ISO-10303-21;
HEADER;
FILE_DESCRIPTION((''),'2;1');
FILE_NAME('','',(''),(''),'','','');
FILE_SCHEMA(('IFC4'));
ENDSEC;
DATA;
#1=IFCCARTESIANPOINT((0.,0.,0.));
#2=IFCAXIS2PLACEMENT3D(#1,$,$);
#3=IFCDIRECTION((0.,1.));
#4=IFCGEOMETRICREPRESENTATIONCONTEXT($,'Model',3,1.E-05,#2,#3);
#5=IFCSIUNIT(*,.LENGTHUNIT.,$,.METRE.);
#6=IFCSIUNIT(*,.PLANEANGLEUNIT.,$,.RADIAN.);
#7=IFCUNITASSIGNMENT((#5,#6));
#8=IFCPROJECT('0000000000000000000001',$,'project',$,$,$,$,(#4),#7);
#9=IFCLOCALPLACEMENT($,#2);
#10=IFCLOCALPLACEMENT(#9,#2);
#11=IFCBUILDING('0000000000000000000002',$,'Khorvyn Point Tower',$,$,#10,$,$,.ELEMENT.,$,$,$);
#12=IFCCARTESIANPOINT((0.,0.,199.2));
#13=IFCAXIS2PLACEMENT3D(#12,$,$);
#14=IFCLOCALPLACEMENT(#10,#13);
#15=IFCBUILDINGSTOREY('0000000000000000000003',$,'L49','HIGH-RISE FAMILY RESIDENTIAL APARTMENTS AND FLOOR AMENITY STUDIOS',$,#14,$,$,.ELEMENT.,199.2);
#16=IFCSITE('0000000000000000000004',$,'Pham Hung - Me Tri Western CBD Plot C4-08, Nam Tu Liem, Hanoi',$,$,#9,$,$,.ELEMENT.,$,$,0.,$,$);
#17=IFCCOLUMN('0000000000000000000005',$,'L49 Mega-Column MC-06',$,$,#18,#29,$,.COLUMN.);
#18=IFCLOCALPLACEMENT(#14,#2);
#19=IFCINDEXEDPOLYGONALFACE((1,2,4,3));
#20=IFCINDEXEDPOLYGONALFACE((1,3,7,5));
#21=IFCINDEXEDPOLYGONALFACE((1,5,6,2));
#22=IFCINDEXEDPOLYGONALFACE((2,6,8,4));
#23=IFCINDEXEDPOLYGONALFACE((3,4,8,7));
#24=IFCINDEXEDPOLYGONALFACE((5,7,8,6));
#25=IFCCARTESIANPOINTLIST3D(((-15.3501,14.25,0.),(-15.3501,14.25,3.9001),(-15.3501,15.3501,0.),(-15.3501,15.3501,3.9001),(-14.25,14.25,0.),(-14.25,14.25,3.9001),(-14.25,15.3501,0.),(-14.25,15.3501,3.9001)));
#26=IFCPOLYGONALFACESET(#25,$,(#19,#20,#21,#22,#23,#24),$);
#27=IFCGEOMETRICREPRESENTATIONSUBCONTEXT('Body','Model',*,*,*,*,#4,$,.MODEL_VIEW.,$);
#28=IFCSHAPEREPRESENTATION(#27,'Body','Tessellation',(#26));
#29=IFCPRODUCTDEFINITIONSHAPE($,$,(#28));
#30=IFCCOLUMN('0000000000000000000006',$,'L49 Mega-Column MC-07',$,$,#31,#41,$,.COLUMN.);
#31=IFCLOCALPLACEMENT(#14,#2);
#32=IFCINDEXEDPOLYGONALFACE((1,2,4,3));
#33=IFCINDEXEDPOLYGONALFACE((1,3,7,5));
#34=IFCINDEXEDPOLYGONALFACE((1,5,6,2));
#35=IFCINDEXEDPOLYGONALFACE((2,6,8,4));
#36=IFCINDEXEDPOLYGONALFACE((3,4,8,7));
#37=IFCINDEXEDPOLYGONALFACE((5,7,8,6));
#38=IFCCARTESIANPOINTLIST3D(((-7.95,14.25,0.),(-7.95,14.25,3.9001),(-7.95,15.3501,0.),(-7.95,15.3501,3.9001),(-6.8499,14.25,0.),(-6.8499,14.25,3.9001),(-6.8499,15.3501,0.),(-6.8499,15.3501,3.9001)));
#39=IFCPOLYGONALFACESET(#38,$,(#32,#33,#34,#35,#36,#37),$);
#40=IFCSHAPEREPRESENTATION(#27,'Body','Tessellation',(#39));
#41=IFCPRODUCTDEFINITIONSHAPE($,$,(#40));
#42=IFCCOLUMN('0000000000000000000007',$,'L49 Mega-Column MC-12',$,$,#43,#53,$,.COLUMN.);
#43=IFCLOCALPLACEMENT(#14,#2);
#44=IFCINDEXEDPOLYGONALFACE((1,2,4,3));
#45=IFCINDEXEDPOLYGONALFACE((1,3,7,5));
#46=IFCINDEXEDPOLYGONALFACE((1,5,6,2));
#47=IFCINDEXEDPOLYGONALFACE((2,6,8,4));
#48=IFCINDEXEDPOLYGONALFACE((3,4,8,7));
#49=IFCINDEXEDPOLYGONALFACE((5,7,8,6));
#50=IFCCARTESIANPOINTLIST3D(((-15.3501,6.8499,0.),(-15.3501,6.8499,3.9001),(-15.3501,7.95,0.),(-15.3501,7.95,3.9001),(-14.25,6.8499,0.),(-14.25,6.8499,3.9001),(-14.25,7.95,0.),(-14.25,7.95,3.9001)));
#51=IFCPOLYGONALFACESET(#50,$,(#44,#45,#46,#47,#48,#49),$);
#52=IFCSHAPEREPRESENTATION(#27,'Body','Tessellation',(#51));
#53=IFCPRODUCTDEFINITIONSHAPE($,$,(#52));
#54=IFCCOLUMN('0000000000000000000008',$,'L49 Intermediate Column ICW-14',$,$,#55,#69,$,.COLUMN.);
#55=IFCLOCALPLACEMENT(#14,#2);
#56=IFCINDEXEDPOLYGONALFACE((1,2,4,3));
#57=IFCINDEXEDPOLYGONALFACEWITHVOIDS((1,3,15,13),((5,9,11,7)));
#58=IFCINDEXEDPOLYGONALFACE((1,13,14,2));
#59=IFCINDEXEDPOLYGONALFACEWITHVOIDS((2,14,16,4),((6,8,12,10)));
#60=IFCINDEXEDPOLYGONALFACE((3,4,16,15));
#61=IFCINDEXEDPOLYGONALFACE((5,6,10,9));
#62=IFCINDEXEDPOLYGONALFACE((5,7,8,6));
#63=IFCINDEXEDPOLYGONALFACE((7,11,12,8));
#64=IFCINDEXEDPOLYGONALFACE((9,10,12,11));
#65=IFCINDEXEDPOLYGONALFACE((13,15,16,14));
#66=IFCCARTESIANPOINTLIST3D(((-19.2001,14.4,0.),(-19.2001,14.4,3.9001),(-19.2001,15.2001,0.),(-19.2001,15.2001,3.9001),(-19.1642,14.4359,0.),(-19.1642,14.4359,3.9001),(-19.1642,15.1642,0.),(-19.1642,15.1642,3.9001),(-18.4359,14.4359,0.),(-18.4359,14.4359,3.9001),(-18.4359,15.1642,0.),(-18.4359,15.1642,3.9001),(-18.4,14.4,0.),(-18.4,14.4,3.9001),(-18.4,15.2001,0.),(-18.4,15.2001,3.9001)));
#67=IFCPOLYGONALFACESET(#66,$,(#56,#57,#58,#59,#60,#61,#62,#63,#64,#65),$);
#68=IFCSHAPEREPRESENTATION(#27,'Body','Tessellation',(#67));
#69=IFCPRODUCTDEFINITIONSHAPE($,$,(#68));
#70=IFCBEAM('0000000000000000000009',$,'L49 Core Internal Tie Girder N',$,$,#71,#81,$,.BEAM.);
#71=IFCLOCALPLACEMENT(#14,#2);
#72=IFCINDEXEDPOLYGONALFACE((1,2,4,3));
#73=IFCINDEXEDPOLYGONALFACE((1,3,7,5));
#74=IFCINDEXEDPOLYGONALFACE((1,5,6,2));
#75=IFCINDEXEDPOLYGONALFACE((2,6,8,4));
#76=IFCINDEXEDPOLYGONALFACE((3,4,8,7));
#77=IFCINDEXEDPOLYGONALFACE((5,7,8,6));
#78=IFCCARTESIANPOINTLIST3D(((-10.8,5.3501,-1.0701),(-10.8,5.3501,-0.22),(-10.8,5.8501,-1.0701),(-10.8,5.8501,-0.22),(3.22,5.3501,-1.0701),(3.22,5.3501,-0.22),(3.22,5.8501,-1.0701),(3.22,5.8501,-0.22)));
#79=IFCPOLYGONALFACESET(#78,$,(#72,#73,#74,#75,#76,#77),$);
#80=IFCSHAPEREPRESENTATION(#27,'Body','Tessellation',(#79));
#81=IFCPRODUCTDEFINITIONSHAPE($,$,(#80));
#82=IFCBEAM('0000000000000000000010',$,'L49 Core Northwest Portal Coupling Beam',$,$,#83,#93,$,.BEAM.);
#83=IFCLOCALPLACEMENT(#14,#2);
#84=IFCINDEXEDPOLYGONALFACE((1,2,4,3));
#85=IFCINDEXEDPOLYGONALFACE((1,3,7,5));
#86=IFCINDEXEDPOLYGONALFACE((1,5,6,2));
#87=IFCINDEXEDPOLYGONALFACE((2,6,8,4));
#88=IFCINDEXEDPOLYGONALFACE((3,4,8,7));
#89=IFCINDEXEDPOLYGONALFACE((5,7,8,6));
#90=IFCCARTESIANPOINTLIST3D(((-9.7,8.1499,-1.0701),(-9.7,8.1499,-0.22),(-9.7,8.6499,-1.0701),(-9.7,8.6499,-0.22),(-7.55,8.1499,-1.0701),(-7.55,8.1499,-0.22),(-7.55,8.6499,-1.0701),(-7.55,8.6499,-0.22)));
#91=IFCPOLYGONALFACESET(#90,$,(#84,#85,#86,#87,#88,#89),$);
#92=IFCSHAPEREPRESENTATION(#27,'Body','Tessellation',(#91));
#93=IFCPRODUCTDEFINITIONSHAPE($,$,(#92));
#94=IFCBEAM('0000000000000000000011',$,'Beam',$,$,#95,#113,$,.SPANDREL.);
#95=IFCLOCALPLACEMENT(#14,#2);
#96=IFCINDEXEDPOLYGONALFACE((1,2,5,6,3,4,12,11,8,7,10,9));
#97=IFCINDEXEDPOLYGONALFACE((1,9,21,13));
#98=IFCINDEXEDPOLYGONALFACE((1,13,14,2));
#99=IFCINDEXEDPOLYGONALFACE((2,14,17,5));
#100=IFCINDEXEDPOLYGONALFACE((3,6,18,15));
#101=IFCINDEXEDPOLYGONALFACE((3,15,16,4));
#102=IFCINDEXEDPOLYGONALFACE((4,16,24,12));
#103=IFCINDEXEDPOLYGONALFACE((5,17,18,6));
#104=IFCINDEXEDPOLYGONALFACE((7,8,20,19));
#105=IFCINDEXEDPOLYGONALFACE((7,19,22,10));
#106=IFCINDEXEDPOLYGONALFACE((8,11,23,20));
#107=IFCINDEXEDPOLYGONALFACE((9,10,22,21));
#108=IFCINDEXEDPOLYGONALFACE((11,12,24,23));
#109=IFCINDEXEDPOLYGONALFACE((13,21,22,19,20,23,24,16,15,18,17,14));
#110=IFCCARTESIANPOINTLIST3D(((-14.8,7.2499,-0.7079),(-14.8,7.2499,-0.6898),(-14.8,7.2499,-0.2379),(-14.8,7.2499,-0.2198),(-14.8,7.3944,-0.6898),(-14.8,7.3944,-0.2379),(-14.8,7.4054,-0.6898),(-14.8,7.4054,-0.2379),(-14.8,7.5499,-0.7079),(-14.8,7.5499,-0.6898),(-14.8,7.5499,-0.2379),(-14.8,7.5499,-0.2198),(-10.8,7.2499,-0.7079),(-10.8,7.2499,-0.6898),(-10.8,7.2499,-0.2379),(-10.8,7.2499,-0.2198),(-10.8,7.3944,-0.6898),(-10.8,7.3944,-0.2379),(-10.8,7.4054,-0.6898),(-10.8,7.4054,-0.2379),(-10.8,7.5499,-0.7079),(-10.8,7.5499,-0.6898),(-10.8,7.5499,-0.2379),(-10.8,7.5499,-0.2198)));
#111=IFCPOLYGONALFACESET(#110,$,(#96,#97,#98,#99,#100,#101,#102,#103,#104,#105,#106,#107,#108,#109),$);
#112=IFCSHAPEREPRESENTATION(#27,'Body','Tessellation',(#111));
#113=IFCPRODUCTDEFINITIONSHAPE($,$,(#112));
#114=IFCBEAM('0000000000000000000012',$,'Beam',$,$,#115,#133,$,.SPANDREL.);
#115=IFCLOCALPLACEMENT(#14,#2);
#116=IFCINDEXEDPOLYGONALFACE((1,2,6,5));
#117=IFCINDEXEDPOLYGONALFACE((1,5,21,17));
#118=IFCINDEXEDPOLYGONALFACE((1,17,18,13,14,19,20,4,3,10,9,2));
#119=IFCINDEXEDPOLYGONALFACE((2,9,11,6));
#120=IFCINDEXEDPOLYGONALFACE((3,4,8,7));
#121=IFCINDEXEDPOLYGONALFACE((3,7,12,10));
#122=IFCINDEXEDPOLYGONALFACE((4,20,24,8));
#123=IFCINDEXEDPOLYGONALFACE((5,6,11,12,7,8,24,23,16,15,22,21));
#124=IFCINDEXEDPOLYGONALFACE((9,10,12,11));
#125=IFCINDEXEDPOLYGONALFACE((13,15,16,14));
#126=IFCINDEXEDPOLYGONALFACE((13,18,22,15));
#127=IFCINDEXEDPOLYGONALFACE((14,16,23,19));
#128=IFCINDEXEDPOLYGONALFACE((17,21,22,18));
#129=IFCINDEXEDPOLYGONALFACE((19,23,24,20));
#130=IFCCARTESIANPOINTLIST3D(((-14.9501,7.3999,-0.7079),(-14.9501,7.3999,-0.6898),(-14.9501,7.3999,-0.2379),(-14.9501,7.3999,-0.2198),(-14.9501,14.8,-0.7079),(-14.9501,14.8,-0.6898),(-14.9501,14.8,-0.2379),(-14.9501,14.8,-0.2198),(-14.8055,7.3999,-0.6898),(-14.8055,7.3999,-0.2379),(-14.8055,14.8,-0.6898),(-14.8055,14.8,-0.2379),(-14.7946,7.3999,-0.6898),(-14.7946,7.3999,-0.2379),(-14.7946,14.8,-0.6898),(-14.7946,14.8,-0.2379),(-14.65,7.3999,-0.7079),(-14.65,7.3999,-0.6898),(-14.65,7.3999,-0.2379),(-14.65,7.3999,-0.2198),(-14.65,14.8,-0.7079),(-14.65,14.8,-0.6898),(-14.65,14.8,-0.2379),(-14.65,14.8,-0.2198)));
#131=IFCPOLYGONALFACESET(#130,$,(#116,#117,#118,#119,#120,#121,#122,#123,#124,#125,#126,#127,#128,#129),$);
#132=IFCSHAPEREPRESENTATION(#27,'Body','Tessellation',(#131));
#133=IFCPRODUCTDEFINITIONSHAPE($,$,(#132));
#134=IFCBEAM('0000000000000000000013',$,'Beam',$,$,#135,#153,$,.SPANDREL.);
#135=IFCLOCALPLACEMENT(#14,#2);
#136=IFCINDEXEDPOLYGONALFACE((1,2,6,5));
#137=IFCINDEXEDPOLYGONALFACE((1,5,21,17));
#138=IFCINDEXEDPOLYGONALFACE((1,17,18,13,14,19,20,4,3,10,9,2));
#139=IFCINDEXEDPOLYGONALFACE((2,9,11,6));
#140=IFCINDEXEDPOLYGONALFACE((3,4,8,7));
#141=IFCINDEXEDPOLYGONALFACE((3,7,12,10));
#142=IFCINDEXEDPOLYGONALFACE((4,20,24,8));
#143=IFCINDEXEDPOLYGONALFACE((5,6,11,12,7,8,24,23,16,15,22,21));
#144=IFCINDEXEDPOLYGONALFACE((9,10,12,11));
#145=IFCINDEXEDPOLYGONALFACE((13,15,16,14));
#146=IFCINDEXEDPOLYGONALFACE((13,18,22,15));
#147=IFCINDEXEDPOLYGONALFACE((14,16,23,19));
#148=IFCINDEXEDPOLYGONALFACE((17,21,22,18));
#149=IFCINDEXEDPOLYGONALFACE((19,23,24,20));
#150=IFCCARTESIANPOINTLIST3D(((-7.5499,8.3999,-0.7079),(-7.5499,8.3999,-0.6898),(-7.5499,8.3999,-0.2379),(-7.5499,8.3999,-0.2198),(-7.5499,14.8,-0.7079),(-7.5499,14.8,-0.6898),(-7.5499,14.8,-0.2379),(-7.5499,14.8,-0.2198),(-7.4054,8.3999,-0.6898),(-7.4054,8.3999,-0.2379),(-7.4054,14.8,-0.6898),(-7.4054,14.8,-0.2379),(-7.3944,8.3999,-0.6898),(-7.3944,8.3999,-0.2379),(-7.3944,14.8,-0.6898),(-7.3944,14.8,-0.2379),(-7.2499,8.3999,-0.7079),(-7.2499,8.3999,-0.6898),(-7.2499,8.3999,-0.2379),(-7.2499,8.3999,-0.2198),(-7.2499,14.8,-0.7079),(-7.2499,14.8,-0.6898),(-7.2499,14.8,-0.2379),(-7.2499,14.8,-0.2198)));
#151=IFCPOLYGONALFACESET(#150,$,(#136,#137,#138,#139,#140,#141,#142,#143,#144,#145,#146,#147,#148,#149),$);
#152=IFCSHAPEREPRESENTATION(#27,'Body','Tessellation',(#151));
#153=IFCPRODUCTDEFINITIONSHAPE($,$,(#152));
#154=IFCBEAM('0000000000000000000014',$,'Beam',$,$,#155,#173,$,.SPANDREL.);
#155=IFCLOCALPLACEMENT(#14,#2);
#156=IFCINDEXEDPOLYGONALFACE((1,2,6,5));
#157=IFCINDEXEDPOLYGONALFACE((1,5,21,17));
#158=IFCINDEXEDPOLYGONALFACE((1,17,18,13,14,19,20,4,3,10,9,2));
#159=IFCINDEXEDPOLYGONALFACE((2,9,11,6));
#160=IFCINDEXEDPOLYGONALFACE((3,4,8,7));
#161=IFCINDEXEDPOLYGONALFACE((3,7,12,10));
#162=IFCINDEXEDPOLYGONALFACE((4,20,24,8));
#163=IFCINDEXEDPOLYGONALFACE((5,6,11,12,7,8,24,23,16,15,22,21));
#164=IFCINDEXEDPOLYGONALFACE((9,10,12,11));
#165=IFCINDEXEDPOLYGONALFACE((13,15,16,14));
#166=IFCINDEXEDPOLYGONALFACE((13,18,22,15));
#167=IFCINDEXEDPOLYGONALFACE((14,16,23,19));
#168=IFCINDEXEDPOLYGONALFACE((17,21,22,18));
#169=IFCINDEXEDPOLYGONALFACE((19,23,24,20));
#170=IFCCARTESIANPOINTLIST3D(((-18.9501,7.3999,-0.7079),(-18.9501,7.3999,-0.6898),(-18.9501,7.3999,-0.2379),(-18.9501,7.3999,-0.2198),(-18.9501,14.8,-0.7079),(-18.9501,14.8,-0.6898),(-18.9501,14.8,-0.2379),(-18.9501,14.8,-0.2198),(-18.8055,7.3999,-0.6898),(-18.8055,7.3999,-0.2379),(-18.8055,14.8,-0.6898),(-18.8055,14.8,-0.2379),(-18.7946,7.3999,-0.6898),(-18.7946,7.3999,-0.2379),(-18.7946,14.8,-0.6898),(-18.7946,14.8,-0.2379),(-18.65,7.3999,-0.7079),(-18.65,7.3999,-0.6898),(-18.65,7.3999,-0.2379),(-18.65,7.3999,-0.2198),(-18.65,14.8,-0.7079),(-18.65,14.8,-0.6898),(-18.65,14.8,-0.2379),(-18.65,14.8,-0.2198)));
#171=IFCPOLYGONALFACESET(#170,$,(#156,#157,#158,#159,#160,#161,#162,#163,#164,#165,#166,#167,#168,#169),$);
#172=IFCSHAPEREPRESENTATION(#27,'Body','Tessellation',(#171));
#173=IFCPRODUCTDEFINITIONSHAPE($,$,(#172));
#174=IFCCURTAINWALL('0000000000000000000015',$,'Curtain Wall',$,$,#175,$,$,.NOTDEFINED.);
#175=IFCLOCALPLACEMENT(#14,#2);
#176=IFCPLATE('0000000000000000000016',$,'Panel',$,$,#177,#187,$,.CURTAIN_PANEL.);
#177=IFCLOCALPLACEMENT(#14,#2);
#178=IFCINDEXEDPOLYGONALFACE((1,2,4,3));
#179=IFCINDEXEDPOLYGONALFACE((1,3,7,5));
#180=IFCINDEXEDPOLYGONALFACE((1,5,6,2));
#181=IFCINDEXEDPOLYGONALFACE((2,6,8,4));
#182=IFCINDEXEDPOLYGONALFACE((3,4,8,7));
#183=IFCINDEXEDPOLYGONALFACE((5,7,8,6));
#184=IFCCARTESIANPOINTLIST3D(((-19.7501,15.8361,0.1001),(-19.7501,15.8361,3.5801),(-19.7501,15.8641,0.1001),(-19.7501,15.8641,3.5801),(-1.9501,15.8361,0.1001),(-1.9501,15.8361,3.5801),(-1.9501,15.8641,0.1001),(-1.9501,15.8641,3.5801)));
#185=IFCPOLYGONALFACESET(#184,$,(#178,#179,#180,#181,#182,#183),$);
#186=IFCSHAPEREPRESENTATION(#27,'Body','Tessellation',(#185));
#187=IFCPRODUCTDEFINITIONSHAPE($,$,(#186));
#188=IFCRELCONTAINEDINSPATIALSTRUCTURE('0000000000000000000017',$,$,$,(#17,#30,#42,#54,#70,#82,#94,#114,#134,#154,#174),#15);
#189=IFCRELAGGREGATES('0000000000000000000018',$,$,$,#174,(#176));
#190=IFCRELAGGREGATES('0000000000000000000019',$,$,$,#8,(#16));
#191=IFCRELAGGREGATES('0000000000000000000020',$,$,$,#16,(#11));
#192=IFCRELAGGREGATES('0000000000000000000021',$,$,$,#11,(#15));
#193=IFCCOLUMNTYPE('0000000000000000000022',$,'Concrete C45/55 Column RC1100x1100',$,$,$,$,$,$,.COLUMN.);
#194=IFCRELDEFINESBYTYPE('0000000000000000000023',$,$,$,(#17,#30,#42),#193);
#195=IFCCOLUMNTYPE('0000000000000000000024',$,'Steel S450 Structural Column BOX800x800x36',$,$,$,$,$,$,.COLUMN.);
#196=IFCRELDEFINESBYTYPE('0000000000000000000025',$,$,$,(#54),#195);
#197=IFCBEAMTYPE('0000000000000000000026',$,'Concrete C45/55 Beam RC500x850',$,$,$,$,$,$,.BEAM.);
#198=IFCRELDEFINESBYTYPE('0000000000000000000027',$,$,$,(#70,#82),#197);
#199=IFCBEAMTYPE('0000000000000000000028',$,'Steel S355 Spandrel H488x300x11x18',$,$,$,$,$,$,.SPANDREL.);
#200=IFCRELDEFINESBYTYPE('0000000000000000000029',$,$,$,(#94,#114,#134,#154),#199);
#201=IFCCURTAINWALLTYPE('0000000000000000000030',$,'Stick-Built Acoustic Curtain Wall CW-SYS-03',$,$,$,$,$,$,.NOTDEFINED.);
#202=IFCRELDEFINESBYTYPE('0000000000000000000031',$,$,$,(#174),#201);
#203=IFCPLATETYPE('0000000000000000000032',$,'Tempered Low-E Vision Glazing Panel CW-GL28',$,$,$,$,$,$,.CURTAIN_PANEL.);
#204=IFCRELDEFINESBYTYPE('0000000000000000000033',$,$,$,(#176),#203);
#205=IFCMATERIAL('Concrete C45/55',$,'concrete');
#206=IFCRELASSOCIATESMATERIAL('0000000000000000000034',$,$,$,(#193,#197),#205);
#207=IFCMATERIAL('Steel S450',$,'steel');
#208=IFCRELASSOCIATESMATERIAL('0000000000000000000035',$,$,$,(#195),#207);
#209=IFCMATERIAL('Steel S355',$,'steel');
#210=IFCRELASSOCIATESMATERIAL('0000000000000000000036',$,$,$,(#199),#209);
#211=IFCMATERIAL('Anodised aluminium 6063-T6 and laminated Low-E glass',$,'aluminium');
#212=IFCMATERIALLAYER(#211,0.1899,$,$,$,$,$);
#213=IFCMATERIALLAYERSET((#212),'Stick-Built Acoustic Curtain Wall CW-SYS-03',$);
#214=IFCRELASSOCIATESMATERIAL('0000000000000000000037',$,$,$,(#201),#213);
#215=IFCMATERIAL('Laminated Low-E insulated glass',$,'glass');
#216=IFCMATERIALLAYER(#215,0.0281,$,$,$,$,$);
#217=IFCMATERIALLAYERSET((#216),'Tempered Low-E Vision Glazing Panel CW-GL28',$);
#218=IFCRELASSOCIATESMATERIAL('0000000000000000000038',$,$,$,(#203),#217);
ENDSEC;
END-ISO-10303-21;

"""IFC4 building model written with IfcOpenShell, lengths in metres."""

from ifc_helpers import new_model, si_unit, direction, frame, origin, origin_2d, place, context, subcontext, project, spatial, rectangle, hollow_rectangle, i_section, extrude, material, layer, layer_set, material_profile, profile_set, type_object, element, aggregate, save


model = new_model("IFC4")

# Units and contexts
model_context = context("Model", 3, precision=1e-05, world=origin(), true_north=direction((0.0, 1.0)))
body_context = subcontext(model_context, "Body", "Model", "MODEL_VIEW")
ifc_project = project(units=[si_unit("LENGTHUNIT", "METRE"), si_unit("PLANEANGLEUNIT", "RADIAN")], contexts=[model_context])

# Site, building, storey
site_placement = place(None, origin())
site = spatial("IfcSite", under=ifc_project, at=site_placement, Name="Pham Hung - Me Tri Western CBD Plot C4-08, Nam Tu Liem, Hanoi", CompositionType="ELEMENT", RefElevation=0.0)
building_placement = place(site_placement, origin())
building = spatial("IfcBuilding", under=site, at=building_placement, Name="Khorvyn Point Tower", CompositionType="ELEMENT")
storey_placement = place(building_placement, frame((0.0, 0.0, 199.2)))
storey = spatial("IfcBuildingStorey", under=building, at=storey_placement, Name="L49", Description="HIGH-RISE FAMILY RESIDENTIAL APARTMENTS AND FLOOR AMENITY STUDIOS", CompositionType="ELEMENT", Elevation=199.2)

# Columns
ifc_material_1 = material(Name="Concrete C45/55", Category="concrete")
ifc_material_profile_1 = material_profile(ifc_material_1, rectangle(XDim=1.1001, YDim=1.1001, at=origin_2d()))
ifc_profile_set_1 = profile_set([ifc_material_profile_1], Name="Concrete C45/55 RC1100x1100")
column_type_1 = type_object("IfcColumnType", Name="Concrete C45/55 Column RC1100x1100", PredefinedType="COLUMN", material=ifc_profile_set_1)
for number, where, z_axis, x_axis, name in (
    (1, (-14.8, 14.8, 0.0), (0.0, 0.0, 1.0), (1.0, 0.0, 0.0), "L49 Mega-Column MC-06"),
    (2, (-7.3999, 14.8, 0.0), (0.0, 0.0, 1.0), (1.0, 0.0, 0.0), "L49 Mega-Column MC-07"),
    (3, (-14.8, 7.3999, 0.0), (0.0, 0.0, 1.0), (1.0, 0.0, 0.0), "L49 Mega-Column MC-12"),
):
    element("IfcColumn", number, at=place(storey_placement, frame(where, z_axis=z_axis, x_axis=x_axis)), inside=storey, type_object=column_type_1, Name=name, PredefinedType="COLUMN", context=body_context, shape_type="SweptSolid", body=[
        extrude(rectangle(XDim=1.1001, YDim=1.1001, at=origin_2d()), origin(), (0.0, 0.0, 1.0), 3.9001),
    ])
ifc_material_2 = material(Name="Steel S450", Category="steel")
ifc_material_profile_2 = material_profile(ifc_material_2, hollow_rectangle(XDim=0.8, YDim=0.8, WallThickness=0.0359, at=origin_2d()))
ifc_profile_set_2 = profile_set([ifc_material_profile_2], Name="Steel S450 BOX800x800x36")
column_type_2 = type_object("IfcColumnType", Name="Steel S450 Structural Column BOX800x800x36", PredefinedType="COLUMN", material=ifc_profile_set_2)
column_placement = place(storey_placement, frame((-18.8, 14.8, 0.0), z_axis=(0.0, 0.0, 1.0), x_axis=(1.0, 0.0, 0.0)))
element("IfcColumn", 4, at=column_placement, inside=storey, type_object=column_type_2, Name="L49 Intermediate Column ICW-14", PredefinedType="COLUMN", context=body_context, shape_type="SweptSolid", body=[
    extrude(hollow_rectangle(XDim=0.8, YDim=0.8, WallThickness=0.0359, at=origin_2d()), origin(), (0.0, 0.0, 1.0), 3.9001),
])

# Beams
ifc_material_profile_3 = material_profile(ifc_material_1, rectangle(XDim=0.5, YDim=0.8501, at=origin_2d()))
ifc_profile_set_3 = profile_set([ifc_material_profile_3], Name="Concrete C45/55 RC500x850")
beam_type_1 = type_object("IfcBeamType", Name="Concrete C45/55 Beam RC500x850", PredefinedType="BEAM", material=ifc_profile_set_3)
beam_1_placement = place(storey_placement, frame((-10.8, 5.6001, -0.645), z_axis=(1.0, 0.0, 0.0), x_axis=(0.0, 1.0, 0.0)))
element("IfcBeam", 5, at=beam_1_placement, inside=storey, type_object=beam_type_1, Name="L49 Core Internal Tie Girder N", PredefinedType="BEAM", context=body_context, shape_type="SweptSolid", body=[
    extrude(rectangle(XDim=0.5, YDim=0.8501, at=origin_2d()), origin(), (0.0, 0.0, 1.0), 14.02),
])
beam_2_placement = place(storey_placement, frame((-9.7, 8.3999, -0.645), z_axis=(1.0, 0.0, 0.0), x_axis=(0.0, 1.0, 0.0)))
element("IfcBeam", 6, at=beam_2_placement, inside=storey, type_object=beam_type_1, Name="L49 Core Northwest Portal Coupling Beam", PredefinedType="BEAM", context=body_context, shape_type="SweptSolid", body=[
    extrude(rectangle(XDim=0.5, YDim=0.8501, at=origin_2d()), origin(), (0.0, 0.0, 1.0), 2.1499),
])
ifc_material_3 = material(Name="Steel S355", Category="steel")
ifc_material_profile_4 = material_profile(ifc_material_3, i_section(OverallWidth=0.3, OverallDepth=0.488, WebThickness=0.011, FlangeThickness=0.0181, at=origin_2d()))
ifc_profile_set_4 = profile_set([ifc_material_profile_4], Name="Steel S355 H488x300x11x18")
beam_type_2 = type_object("IfcBeamType", Name="Steel S355 Spandrel H488x300x11x18", PredefinedType="SPANDREL", material=ifc_profile_set_4)
beam_3_placement = place(storey_placement, frame((-14.8, 7.3999, -0.4639), z_axis=(1.0, 0.0, 0.0), x_axis=(0.0, 1.0, 0.0)))
element("IfcBeam", 7, at=beam_3_placement, inside=storey, type_object=beam_type_2, Name="Beam", PredefinedType="SPANDREL", context=body_context, shape_type="SweptSolid", body=[
    extrude(i_section(OverallWidth=0.3, OverallDepth=0.488, WebThickness=0.011, FlangeThickness=0.0181, at=origin_2d()), origin(), (0.0, 0.0, 1.0), 4.0),
])
beam_4_placement = place(storey_placement, frame((-14.8, 7.3999, -0.4639), z_axis=(0.0, 1.0, 0.0), x_axis=(-1.0, 0.0, 0.0)))
element("IfcBeam", 8, at=beam_4_placement, inside=storey, type_object=beam_type_2, Name="Beam", PredefinedType="SPANDREL", context=body_context, shape_type="SweptSolid", body=[
    extrude(i_section(OverallWidth=0.3, OverallDepth=0.488, WebThickness=0.011, FlangeThickness=0.0181, at=origin_2d()), origin(), (0.0, 0.0, 1.0), 7.4001),
])
beam_5_placement = place(storey_placement, frame((-7.3999, 8.3999, -0.4639), z_axis=(0.0, 1.0, 0.0), x_axis=(-1.0, 0.0, 0.0)))
element("IfcBeam", 9, at=beam_5_placement, inside=storey, type_object=beam_type_2, Name="Beam", PredefinedType="SPANDREL", context=body_context, shape_type="SweptSolid", body=[
    extrude(i_section(OverallWidth=0.3, OverallDepth=0.488, WebThickness=0.011, FlangeThickness=0.0181, at=origin_2d()), origin(), (0.0, 0.0, 1.0), 6.4001),
])
beam_6_placement = place(storey_placement, frame((-18.8, 7.3999, -0.4639), z_axis=(0.0, 1.0, 0.0), x_axis=(-1.0, 0.0, 0.0)))
element("IfcBeam", 10, at=beam_6_placement, inside=storey, type_object=beam_type_2, Name="Beam", PredefinedType="SPANDREL", context=body_context, shape_type="SweptSolid", body=[
    extrude(i_section(OverallWidth=0.3, OverallDepth=0.488, WebThickness=0.011, FlangeThickness=0.0181, at=origin_2d()), origin(), (0.0, 0.0, 1.0), 7.4001),
])

# Curtain wall, plate
ifc_material_4 = material(Name="Anodised aluminium 6063-T6 and laminated Low-E glass", Category="aluminium")
ifc_layer_1 = layer(ifc_material_4, 0.1899)
ifc_layer_set_1 = layer_set([ifc_layer_1], Name="Stick-Built Acoustic Curtain Wall CW-SYS-03")
curtain_wall_type = type_object("IfcCurtainWallType", Name="Stick-Built Acoustic Curtain Wall CW-SYS-03", PredefinedType="NOTDEFINED", material=ifc_layer_set_1)
curtain_wall_placement = place(storey_placement, origin())
curtain_wall = element("IfcCurtainWall", 11, at=curtain_wall_placement, inside=storey, type_object=curtain_wall_type, Name="Curtain Wall", PredefinedType="NOTDEFINED")
ifc_material_5 = material(Name="Laminated Low-E insulated glass", Category="glass")
ifc_layer_2 = layer(ifc_material_5, 0.0281)
ifc_layer_set_2 = layer_set([ifc_layer_2], Name="Tempered Low-E Vision Glazing Panel CW-GL28")
plate_type = type_object("IfcPlateType", Name="Tempered Low-E Vision Glazing Panel CW-GL28", PredefinedType="CURTAIN_PANEL", material=ifc_layer_set_2)
plate_placement = place(storey_placement, frame((-10.8501, 15.8501, 0.1001), z_axis=(0.0, 0.0, 1.0), x_axis=(1.0, 0.0, 0.0)))
plate = element("IfcPlate", 12, at=plate_placement, type_object=plate_type, Name="Panel", PredefinedType="CURTAIN_PANEL", context=body_context, shape_type="SweptSolid", body=[
    extrude(rectangle(XDim=17.8, YDim=0.0281, at=origin_2d()), origin(), (0.0, 0.0, 1.0), 3.48),
])
aggregate(curtain_wall, [plate])

save(model, "model.ifc")
